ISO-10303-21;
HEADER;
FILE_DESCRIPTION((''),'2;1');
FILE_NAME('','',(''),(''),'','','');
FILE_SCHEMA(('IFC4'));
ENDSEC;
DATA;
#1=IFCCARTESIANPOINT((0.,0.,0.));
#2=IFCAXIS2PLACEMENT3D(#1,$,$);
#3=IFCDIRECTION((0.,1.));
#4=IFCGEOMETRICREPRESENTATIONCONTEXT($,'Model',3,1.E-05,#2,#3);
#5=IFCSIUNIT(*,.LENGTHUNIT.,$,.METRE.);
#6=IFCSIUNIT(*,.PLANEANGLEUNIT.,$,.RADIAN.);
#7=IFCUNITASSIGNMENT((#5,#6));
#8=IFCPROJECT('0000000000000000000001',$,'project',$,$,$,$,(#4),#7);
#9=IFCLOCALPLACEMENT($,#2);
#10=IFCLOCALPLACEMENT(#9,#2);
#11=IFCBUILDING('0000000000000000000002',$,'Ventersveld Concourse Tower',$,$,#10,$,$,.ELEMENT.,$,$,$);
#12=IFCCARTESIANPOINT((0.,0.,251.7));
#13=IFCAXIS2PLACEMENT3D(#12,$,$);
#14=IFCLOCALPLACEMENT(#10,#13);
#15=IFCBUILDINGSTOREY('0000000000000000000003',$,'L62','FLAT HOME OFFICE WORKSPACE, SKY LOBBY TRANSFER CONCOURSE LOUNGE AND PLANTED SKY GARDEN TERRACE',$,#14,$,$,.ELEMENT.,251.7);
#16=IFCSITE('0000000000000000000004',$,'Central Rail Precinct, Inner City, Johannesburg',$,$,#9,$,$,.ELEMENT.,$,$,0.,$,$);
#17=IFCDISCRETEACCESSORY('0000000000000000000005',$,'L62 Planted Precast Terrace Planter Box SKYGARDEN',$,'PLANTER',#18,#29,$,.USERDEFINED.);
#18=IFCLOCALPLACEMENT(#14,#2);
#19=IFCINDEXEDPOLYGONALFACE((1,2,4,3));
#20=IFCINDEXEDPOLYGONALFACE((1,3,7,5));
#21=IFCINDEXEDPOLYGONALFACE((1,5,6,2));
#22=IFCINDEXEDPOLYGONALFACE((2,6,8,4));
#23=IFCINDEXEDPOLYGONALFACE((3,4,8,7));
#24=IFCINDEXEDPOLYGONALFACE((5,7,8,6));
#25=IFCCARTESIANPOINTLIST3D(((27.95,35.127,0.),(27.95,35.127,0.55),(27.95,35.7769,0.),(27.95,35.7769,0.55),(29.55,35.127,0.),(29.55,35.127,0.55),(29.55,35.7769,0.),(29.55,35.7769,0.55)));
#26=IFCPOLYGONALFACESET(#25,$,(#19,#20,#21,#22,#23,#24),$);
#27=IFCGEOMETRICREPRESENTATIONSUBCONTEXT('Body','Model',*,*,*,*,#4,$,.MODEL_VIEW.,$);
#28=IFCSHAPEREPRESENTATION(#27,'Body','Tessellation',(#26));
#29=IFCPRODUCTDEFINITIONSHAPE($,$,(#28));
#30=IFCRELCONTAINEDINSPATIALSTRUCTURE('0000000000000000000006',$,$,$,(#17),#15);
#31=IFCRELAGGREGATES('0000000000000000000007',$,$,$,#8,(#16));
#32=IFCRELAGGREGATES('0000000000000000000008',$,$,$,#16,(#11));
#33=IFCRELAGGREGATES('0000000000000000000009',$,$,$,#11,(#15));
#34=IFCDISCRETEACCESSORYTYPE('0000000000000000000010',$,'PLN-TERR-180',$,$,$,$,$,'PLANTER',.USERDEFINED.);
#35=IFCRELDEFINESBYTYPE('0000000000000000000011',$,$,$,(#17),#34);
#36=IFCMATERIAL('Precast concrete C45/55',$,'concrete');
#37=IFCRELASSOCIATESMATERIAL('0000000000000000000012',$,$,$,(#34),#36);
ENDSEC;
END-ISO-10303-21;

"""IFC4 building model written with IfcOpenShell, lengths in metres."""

from ifc_helpers import new_model, si_unit, direction, frame, origin, origin_2d, place, context, subcontext, project, spatial, rectangle, extrude, material, type_object, element, save


model = new_model("IFC4")

# Units and contexts
model_context = context("Model", 3, precision=1e-05, world=origin(), true_north=direction((0.0, 1.0)))
body_context = subcontext(model_context, "Body", "Model", "MODEL_VIEW")
ifc_project = project(units=[si_unit("LENGTHUNIT", "METRE"), si_unit("PLANEANGLEUNIT", "RADIAN")], contexts=[model_context])

# Site, building, storey
site_placement = place(None, origin())
site = spatial("IfcSite", under=ifc_project, at=site_placement, Name="Central Rail Precinct, Inner City, Johannesburg", CompositionType="ELEMENT", RefElevation=0.0)
building_placement = place(site_placement, origin())
building = spatial("IfcBuilding", under=site, at=building_placement, Name="Ventersveld Concourse Tower", CompositionType="ELEMENT")
storey_placement = place(building_placement, frame((0.0, 0.0, 251.7)))
storey = spatial("IfcBuildingStorey", under=building, at=storey_placement, Name="L62", Description="FLAT HOME OFFICE WORKSPACE, SKY LOBBY TRANSFER CONCOURSE LOUNGE AND PLANTED SKY GARDEN TERRACE", CompositionType="ELEMENT", Elevation=251.7)

# Shared definitions
ifc_material_1 = material(Name="Precast concrete C45/55", Category="concrete")

# Discrete accessory
discrete_accessory_type = type_object("IfcDiscreteAccessoryType", Name="PLN-TERR-180", ElementType="PLANTER", PredefinedType="USERDEFINED", material=ifc_material_1)
discrete_accessory_placement = place(storey_placement, frame((28.75, 35.4519, 0.0), z_axis=(0.0, 0.0, 1.0), x_axis=(1.0, 0.0, 0.0)))
element("IfcDiscreteAccessory", 1, at=discrete_accessory_placement, inside=storey, type_object=discrete_accessory_type, Name="L62 Planted Precast Terrace Planter Box SKYGARDEN", ObjectType="PLANTER", PredefinedType="USERDEFINED", context=body_context, shape_type="SweptSolid", body=[
    extrude(rectangle(XDim=1.6001, YDim=0.6499, at=origin_2d()), origin(), (0.0, 0.0, 1.0), 0.55),
])

save(model, "model.ifc")
